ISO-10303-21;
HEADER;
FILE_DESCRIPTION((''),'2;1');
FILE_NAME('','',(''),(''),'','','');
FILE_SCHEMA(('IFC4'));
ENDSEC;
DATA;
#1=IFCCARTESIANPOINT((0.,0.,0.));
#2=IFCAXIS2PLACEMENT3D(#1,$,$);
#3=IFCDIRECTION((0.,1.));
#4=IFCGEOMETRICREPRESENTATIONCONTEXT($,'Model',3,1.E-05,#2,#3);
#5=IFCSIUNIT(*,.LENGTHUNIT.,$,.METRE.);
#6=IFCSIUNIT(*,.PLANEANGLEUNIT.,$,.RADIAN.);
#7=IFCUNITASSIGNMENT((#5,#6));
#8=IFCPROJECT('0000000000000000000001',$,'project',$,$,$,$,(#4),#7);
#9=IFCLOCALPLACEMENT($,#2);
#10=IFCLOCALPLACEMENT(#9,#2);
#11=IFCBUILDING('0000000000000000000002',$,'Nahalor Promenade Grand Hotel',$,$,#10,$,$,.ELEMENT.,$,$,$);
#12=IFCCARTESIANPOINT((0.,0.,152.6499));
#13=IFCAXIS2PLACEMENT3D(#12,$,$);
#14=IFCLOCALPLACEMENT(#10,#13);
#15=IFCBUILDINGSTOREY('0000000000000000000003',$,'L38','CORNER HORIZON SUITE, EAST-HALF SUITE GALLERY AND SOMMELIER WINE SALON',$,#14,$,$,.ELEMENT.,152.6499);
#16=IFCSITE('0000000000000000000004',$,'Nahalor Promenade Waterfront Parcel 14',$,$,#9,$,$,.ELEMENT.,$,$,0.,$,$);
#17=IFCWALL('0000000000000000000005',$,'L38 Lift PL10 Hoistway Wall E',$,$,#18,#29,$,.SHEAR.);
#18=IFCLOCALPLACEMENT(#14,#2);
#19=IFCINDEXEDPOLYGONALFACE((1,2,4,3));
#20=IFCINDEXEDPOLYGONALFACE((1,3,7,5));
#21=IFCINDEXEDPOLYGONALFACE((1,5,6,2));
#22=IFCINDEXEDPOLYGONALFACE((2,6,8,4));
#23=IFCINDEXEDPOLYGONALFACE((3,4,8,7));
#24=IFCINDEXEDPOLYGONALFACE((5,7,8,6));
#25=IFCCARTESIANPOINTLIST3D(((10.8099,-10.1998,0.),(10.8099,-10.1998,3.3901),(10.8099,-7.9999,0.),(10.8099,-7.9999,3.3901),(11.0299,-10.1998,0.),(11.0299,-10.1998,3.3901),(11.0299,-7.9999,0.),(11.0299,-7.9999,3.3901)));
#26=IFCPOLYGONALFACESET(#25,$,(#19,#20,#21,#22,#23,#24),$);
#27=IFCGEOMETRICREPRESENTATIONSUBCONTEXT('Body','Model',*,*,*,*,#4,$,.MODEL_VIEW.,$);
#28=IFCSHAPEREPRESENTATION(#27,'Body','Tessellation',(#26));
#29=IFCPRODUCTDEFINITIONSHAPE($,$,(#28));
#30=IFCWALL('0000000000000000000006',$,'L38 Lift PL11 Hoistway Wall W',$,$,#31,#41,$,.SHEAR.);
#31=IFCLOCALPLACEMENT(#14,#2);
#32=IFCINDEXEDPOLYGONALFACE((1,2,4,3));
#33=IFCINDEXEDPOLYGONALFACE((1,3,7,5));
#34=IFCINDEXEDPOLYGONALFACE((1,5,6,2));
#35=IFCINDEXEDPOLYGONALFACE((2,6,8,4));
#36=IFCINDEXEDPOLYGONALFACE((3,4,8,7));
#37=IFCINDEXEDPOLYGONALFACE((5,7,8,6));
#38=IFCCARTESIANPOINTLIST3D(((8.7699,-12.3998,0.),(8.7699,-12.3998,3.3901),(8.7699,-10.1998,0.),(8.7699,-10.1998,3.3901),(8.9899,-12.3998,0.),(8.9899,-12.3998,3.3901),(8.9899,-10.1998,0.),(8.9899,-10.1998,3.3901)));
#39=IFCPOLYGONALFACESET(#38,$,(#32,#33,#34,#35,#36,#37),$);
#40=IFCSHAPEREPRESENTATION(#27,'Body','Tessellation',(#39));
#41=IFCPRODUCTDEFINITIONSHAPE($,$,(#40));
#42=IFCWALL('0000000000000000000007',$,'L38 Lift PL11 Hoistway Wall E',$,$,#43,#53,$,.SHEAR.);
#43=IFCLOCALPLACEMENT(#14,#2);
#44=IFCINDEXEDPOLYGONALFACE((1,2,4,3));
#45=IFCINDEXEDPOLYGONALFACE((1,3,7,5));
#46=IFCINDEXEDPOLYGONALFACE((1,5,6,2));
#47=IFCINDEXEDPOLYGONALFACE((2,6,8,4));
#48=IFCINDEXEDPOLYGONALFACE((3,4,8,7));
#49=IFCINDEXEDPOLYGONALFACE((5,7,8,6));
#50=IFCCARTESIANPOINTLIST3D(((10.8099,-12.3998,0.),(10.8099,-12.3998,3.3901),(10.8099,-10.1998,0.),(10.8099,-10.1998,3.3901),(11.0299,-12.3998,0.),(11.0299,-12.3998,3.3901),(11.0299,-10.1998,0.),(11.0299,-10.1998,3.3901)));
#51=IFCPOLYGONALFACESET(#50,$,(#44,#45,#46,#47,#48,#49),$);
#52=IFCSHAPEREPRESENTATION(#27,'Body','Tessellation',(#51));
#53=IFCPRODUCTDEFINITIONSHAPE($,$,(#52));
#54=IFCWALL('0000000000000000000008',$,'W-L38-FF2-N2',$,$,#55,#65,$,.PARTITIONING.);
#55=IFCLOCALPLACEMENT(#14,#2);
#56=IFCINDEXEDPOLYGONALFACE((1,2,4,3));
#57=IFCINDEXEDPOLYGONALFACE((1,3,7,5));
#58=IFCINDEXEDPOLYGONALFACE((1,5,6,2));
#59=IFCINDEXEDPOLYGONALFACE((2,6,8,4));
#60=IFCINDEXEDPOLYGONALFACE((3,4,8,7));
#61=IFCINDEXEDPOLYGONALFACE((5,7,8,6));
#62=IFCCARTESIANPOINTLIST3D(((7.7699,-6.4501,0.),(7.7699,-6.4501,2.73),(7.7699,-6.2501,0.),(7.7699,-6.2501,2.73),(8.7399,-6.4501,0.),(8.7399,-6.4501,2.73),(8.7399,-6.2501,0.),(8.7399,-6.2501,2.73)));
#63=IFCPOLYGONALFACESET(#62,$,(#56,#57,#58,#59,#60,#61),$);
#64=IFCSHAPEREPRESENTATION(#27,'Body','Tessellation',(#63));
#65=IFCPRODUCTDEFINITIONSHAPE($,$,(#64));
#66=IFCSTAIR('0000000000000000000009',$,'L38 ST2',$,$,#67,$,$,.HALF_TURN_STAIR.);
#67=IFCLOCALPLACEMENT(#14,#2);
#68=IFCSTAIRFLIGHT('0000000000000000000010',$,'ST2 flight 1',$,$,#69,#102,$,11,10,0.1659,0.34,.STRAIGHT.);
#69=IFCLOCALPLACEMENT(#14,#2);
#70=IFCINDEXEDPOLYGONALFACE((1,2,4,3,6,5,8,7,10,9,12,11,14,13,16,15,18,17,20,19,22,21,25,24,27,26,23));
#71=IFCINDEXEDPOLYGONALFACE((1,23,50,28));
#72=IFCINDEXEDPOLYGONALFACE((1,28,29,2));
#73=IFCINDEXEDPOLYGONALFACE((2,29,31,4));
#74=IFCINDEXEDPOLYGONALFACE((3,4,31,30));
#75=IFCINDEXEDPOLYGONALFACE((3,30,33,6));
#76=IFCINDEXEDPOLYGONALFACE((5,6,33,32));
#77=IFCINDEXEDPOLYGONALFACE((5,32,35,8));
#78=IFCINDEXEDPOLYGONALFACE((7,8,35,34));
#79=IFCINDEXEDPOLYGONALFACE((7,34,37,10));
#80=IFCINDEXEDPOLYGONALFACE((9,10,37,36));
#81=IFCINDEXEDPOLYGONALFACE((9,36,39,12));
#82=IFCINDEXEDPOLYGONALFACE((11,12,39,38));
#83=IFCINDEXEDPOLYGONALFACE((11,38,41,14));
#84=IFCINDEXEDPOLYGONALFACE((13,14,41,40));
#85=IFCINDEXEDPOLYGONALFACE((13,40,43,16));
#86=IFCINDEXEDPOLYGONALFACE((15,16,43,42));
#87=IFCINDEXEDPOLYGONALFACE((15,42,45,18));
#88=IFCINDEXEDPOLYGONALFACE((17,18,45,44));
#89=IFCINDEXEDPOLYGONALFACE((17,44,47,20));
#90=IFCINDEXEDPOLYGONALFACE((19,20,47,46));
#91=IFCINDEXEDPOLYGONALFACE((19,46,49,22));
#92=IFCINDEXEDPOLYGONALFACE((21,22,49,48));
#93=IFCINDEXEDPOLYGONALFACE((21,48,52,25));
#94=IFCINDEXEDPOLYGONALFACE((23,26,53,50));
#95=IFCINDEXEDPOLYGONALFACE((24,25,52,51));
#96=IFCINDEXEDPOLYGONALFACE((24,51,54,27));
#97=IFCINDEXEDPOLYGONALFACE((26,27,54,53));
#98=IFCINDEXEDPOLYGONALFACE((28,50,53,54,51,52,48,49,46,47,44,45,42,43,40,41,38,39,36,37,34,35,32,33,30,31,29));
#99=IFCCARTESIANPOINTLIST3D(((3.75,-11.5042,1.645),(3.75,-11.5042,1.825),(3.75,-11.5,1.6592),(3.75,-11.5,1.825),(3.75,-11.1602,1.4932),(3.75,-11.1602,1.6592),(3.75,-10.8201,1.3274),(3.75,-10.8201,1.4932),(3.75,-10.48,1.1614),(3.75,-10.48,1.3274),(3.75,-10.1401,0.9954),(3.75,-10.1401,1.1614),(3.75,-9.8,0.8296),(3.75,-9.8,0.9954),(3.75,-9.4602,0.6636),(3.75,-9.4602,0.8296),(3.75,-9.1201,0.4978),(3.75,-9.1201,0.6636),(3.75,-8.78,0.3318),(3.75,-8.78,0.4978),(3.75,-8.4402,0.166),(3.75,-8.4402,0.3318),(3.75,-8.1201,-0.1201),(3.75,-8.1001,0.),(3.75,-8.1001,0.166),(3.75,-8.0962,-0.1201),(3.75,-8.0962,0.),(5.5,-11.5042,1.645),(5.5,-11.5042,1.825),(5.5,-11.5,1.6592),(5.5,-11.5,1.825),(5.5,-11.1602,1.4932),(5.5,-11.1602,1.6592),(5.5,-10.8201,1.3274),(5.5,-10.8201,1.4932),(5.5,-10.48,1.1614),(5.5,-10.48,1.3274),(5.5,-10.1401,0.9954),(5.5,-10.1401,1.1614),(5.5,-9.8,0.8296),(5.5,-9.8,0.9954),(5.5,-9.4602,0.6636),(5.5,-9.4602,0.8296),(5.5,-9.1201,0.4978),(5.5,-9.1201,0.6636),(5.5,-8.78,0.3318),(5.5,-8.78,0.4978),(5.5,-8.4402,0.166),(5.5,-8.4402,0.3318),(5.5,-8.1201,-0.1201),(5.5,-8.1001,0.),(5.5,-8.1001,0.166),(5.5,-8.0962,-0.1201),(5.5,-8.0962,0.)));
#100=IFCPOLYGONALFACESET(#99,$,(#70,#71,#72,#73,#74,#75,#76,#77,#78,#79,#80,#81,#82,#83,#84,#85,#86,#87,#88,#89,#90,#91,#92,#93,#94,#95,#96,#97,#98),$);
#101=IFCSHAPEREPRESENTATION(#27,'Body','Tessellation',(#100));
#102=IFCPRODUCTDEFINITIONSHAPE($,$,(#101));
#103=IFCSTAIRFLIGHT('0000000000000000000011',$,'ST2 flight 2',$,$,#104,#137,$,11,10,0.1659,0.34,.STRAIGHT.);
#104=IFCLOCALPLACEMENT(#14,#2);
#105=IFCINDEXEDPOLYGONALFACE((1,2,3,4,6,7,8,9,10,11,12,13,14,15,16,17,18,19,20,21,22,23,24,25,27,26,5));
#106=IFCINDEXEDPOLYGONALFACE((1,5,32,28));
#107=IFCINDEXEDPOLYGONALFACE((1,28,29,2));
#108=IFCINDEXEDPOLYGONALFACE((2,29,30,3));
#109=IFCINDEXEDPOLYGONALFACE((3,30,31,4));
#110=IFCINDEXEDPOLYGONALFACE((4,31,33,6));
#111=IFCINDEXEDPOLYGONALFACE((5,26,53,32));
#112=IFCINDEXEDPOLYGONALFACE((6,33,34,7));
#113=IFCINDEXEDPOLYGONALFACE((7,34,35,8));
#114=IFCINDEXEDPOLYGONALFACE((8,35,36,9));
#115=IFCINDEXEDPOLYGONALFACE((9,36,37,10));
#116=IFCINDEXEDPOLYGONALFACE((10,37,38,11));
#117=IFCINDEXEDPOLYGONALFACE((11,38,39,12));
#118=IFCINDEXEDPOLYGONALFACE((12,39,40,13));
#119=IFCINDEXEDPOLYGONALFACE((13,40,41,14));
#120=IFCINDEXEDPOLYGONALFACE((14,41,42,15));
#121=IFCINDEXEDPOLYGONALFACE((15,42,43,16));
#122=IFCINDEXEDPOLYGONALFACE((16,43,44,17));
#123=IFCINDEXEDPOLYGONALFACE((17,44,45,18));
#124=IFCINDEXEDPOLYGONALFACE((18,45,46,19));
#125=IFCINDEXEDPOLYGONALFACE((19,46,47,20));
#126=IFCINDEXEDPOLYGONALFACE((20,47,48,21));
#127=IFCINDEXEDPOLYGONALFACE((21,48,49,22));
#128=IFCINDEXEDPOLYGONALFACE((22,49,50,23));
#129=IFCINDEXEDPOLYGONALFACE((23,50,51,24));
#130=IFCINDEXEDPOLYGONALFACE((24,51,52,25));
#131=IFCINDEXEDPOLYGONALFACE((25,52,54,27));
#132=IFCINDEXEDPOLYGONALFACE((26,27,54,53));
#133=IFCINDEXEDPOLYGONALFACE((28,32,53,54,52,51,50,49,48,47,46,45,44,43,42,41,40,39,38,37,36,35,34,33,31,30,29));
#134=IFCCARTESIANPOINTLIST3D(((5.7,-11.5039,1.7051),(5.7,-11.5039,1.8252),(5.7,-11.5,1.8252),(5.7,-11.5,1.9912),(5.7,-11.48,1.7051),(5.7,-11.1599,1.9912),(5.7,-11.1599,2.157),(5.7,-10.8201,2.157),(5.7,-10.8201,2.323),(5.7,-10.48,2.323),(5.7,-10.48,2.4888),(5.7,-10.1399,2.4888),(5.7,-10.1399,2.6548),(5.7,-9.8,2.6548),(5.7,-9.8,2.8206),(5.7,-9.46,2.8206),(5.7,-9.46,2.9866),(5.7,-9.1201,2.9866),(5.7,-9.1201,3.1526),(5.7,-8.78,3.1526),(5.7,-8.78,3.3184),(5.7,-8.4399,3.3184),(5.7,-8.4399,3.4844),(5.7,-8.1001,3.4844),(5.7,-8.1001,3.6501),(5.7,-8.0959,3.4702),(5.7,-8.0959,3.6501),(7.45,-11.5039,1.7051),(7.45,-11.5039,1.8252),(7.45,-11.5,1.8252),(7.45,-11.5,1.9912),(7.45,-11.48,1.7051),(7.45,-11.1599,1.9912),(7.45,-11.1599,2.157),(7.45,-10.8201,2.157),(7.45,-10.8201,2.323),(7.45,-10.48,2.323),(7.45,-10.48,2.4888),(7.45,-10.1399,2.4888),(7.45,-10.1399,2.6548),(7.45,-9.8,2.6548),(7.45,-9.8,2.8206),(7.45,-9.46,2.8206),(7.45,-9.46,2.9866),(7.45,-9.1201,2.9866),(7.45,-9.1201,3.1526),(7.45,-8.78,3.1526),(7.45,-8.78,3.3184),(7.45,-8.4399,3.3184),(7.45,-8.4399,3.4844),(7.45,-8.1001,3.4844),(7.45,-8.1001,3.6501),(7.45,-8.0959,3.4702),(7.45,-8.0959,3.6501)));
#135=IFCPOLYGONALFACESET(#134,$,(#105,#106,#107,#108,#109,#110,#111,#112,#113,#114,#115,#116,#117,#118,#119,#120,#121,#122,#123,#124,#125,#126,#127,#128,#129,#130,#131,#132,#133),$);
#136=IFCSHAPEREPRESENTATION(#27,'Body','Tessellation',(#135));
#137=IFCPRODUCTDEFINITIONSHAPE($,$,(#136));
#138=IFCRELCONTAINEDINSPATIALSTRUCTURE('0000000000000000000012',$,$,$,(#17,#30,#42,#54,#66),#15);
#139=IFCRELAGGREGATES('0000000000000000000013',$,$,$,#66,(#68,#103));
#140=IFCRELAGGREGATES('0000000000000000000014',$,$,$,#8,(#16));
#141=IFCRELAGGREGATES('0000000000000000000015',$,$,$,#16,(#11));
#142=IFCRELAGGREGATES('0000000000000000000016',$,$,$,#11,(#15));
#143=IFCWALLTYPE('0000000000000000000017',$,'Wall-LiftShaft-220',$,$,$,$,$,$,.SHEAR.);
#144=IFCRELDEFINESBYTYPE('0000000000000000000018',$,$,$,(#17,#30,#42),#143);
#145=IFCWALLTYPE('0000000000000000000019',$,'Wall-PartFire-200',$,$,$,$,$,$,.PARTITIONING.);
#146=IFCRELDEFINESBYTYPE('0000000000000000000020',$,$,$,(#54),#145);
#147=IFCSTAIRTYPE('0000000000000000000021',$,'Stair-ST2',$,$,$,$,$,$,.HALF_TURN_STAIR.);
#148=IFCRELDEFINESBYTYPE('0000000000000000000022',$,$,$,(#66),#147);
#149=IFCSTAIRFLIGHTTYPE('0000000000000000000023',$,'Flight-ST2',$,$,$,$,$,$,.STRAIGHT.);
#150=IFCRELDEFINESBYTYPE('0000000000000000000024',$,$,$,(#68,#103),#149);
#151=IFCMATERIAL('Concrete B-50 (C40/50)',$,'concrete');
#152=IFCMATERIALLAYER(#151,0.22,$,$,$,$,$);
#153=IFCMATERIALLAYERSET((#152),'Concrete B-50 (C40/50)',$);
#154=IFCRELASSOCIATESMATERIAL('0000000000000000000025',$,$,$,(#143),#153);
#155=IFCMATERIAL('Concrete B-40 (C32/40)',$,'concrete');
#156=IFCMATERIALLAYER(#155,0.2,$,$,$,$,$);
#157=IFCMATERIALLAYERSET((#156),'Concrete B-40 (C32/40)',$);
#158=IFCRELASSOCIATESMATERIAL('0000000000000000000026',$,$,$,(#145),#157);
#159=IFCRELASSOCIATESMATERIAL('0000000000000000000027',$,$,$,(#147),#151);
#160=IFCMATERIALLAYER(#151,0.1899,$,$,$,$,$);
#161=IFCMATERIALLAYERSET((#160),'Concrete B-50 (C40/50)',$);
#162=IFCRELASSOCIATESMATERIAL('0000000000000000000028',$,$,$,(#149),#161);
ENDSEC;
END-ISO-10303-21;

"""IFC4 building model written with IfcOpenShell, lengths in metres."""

from ifc_helpers import new_model, si_unit, direction, frame, frame_2d, origin, place, context, subcontext, project, spatial, polyline, rectangle, outline, extrude, source, transform, mapped, material, layer, layer_set, type_object, element, aggregate, save


model = new_model("IFC4")

# Units and contexts
model_context = context("Model", 3, precision=1e-05, world=origin(), true_north=direction((0.0, 1.0)))
body_context = subcontext(model_context, "Body", "Model", "MODEL_VIEW")
ifc_project = project(units=[si_unit("LENGTHUNIT", "METRE"), si_unit("PLANEANGLEUNIT", "RADIAN")], contexts=[model_context])

# Site, building, storey
site_placement = place(None, origin())
site = spatial("IfcSite", under=ifc_project, at=site_placement, Name="Nahalor Promenade Waterfront Parcel 14", CompositionType="ELEMENT", RefElevation=0.0)
building_placement = place(site_placement, origin())
building = spatial("IfcBuilding", under=site, at=building_placement, Name="Nahalor Promenade Grand Hotel", CompositionType="ELEMENT")
storey_placement = place(building_placement, frame((0.0, 0.0, 152.6499)))
storey = spatial("IfcBuildingStorey", under=building, at=storey_placement, Name="L38", Description="CORNER HORIZON SUITE, EAST-HALF SUITE GALLERY AND SOMMELIER WINE SALON", CompositionType="ELEMENT", Elevation=152.6499)

# Walls
ifc_material_1 = material(Name="Concrete B-50 (C40/50)", Category="concrete")
ifc_layer_1 = layer(ifc_material_1, 0.22)
ifc_layer_set_1 = layer_set([ifc_layer_1], Name="Concrete B-50 (C40/50)")
wall_type_1 = type_object("IfcWallType", Name="Wall-LiftShaft-220", PredefinedType="SHEAR", material=ifc_layer_set_1)
shared_shape_1 = source(origin(), body_context, "Body", "SweptSolid", [
    extrude(rectangle(XDim=2.2, YDim=0.22, at=frame_2d((1.1001, 0.0))), origin(), (0.0, 0.0, 1.0), 3.3901),
])
for number, where, z_axis, x_axis, name in (
    (1, (10.9199, -10.2, 0.0), (0.0, 0.0, 1.0), (0.0, 1.0, 0.0), "L38 Lift PL10 Hoistway Wall E"),
    (2, (8.8799, -12.3999, 0.0), (0.0, 0.0, 1.0), (0.0, 1.0, 0.0), "L38 Lift PL11 Hoistway Wall W"),
    (3, (10.9199, -12.3999, 0.0), (0.0, 0.0, 1.0), (0.0, 1.0, 0.0), "L38 Lift PL11 Hoistway Wall E"),
):
    element("IfcWall", number, at=place(storey_placement, frame(where, z_axis=z_axis, x_axis=x_axis)), inside=storey, type_object=wall_type_1, Name=name, PredefinedType="SHEAR", context=body_context, shape_type="MappedRepresentation", body=[
        mapped(shared_shape_1, transform((0.0, 0.0, 0.0), scale=1.0)),
    ])

# Shared definitions
ifc_material_2 = material(Name="Concrete B-40 (C32/40)", Category="concrete")
ifc_layer_2 = layer(ifc_material_2, 0.2)
ifc_layer_set_2 = layer_set([ifc_layer_2], Name="Concrete B-40 (C32/40)")
wall_type_2 = type_object("IfcWallType", Name="Wall-PartFire-200", PredefinedType="PARTITIONING", material=ifc_layer_set_2)

# Wall
shared_shape_2 = source(origin(), body_context, "Body", "SweptSolid", [
    extrude(rectangle(XDim=0.97, YDim=0.2, at=frame_2d((0.4849, 0.0))), origin(), (0.0, 0.0, 1.0), 2.73),
])
wall_1_placement = place(storey_placement, frame((7.77, -6.3501, 0.0), z_axis=(0.0, 0.0, 1.0), x_axis=(1.0, 0.0, 0.0)))
element("IfcWall", 4, at=wall_1_placement, inside=storey, type_object=wall_type_2, Name="W-L38-FF2-N2", PredefinedType="PARTITIONING", context=body_context, shape_type="MappedRepresentation", body=[
    mapped(shared_shape_2, transform((0.0, 0.0, 0.0), scale=1.0)),
])

# Stair, stair flights
stair_type = type_object("IfcStairType", Name="Stair-ST2", PredefinedType="HALF_TURN_STAIR", material=ifc_material_1)
stair_placement = place(storey_placement, origin())
stair = element("IfcStair", 5, at=stair_placement, inside=storey, type_object=stair_type, Name="L38 ST2", PredefinedType="HALF_TURN_STAIR")
ifc_layer_3 = layer(ifc_material_1, 0.1899)
ifc_layer_set_3 = layer_set([ifc_layer_3], Name="Concrete B-50 (C40/50)")
stair_flight_type = type_object("IfcStairFlightType", Name="Flight-ST2", PredefinedType="STRAIGHT", material=ifc_layer_set_3)
shared_shape_3 = source(origin(), body_context, "Body", "SweptSolid", [
    extrude(outline(polyline([(-0.0039, -0.1201), (-0.0039, 0.0), (0.0, 0.0), (0.0, 0.166), (0.3401, 0.166), (0.3401, 0.3318), (0.6799, 0.3318), (0.6799, 0.4978), (1.02, 0.4978), (1.02, 0.6636), (1.3601, 0.6636), (1.3601, 0.8296), (1.7, 0.8296), (1.7, 0.9954), (2.04, 0.9954), (2.04, 1.1614), (2.3799, 1.1614), (2.3799, 1.3274), (2.72, 1.3274), (2.72, 1.4932), (3.0601, 1.4932), (3.0601, 1.6592), (3.3999, 1.6592), (3.3999, 1.825), (3.4041, 1.825), (3.4041, 1.645), (0.02, -0.1201), (-0.0039, -0.1201)])), frame((0.0, 0.875, 0.0), z_axis=(0.0, -1.0, 0.0), x_axis=(1.0, 0.0, 0.0)), (0.0, 0.0, 1.0), 1.75),
])
stair_flight_1_placement = place(storey_placement, frame((4.625, -8.1001, 0.0), z_axis=(0.0, 0.0, 1.0), x_axis=(0.0, -1.0, 0.0)))
stair_flight_1 = element("IfcStairFlight", 6, at=stair_flight_1_placement, type_object=stair_flight_type, Name="ST2 flight 1", NumberOfRisers=11, NumberOfTreads=10, PredefinedType="STRAIGHT", RiserHeight=0.1659, TreadLength=0.34, context=body_context, shape_type="MappedRepresentation", body=[
    mapped(shared_shape_3, transform((0.0, 0.0, 0.0), scale=1.0)),
])
stair_flight_2_placement = place(storey_placement, frame((6.575, -11.5, 1.8252), z_axis=(0.0, 0.0, 1.0), x_axis=(0.0, 1.0, 0.0)))
stair_flight_2 = element("IfcStairFlight", 7, at=stair_flight_2_placement, type_object=stair_flight_type, Name="ST2 flight 2", NumberOfRisers=11, NumberOfTreads=10, PredefinedType="STRAIGHT", RiserHeight=0.1659, TreadLength=0.34, context=body_context, shape_type="MappedRepresentation", body=[
    mapped(shared_shape_3, transform((0.0, 0.0, 0.0), scale=1.0)),
])
aggregate(stair, [stair_flight_1, stair_flight_2])

save(model, "model.ifc")
